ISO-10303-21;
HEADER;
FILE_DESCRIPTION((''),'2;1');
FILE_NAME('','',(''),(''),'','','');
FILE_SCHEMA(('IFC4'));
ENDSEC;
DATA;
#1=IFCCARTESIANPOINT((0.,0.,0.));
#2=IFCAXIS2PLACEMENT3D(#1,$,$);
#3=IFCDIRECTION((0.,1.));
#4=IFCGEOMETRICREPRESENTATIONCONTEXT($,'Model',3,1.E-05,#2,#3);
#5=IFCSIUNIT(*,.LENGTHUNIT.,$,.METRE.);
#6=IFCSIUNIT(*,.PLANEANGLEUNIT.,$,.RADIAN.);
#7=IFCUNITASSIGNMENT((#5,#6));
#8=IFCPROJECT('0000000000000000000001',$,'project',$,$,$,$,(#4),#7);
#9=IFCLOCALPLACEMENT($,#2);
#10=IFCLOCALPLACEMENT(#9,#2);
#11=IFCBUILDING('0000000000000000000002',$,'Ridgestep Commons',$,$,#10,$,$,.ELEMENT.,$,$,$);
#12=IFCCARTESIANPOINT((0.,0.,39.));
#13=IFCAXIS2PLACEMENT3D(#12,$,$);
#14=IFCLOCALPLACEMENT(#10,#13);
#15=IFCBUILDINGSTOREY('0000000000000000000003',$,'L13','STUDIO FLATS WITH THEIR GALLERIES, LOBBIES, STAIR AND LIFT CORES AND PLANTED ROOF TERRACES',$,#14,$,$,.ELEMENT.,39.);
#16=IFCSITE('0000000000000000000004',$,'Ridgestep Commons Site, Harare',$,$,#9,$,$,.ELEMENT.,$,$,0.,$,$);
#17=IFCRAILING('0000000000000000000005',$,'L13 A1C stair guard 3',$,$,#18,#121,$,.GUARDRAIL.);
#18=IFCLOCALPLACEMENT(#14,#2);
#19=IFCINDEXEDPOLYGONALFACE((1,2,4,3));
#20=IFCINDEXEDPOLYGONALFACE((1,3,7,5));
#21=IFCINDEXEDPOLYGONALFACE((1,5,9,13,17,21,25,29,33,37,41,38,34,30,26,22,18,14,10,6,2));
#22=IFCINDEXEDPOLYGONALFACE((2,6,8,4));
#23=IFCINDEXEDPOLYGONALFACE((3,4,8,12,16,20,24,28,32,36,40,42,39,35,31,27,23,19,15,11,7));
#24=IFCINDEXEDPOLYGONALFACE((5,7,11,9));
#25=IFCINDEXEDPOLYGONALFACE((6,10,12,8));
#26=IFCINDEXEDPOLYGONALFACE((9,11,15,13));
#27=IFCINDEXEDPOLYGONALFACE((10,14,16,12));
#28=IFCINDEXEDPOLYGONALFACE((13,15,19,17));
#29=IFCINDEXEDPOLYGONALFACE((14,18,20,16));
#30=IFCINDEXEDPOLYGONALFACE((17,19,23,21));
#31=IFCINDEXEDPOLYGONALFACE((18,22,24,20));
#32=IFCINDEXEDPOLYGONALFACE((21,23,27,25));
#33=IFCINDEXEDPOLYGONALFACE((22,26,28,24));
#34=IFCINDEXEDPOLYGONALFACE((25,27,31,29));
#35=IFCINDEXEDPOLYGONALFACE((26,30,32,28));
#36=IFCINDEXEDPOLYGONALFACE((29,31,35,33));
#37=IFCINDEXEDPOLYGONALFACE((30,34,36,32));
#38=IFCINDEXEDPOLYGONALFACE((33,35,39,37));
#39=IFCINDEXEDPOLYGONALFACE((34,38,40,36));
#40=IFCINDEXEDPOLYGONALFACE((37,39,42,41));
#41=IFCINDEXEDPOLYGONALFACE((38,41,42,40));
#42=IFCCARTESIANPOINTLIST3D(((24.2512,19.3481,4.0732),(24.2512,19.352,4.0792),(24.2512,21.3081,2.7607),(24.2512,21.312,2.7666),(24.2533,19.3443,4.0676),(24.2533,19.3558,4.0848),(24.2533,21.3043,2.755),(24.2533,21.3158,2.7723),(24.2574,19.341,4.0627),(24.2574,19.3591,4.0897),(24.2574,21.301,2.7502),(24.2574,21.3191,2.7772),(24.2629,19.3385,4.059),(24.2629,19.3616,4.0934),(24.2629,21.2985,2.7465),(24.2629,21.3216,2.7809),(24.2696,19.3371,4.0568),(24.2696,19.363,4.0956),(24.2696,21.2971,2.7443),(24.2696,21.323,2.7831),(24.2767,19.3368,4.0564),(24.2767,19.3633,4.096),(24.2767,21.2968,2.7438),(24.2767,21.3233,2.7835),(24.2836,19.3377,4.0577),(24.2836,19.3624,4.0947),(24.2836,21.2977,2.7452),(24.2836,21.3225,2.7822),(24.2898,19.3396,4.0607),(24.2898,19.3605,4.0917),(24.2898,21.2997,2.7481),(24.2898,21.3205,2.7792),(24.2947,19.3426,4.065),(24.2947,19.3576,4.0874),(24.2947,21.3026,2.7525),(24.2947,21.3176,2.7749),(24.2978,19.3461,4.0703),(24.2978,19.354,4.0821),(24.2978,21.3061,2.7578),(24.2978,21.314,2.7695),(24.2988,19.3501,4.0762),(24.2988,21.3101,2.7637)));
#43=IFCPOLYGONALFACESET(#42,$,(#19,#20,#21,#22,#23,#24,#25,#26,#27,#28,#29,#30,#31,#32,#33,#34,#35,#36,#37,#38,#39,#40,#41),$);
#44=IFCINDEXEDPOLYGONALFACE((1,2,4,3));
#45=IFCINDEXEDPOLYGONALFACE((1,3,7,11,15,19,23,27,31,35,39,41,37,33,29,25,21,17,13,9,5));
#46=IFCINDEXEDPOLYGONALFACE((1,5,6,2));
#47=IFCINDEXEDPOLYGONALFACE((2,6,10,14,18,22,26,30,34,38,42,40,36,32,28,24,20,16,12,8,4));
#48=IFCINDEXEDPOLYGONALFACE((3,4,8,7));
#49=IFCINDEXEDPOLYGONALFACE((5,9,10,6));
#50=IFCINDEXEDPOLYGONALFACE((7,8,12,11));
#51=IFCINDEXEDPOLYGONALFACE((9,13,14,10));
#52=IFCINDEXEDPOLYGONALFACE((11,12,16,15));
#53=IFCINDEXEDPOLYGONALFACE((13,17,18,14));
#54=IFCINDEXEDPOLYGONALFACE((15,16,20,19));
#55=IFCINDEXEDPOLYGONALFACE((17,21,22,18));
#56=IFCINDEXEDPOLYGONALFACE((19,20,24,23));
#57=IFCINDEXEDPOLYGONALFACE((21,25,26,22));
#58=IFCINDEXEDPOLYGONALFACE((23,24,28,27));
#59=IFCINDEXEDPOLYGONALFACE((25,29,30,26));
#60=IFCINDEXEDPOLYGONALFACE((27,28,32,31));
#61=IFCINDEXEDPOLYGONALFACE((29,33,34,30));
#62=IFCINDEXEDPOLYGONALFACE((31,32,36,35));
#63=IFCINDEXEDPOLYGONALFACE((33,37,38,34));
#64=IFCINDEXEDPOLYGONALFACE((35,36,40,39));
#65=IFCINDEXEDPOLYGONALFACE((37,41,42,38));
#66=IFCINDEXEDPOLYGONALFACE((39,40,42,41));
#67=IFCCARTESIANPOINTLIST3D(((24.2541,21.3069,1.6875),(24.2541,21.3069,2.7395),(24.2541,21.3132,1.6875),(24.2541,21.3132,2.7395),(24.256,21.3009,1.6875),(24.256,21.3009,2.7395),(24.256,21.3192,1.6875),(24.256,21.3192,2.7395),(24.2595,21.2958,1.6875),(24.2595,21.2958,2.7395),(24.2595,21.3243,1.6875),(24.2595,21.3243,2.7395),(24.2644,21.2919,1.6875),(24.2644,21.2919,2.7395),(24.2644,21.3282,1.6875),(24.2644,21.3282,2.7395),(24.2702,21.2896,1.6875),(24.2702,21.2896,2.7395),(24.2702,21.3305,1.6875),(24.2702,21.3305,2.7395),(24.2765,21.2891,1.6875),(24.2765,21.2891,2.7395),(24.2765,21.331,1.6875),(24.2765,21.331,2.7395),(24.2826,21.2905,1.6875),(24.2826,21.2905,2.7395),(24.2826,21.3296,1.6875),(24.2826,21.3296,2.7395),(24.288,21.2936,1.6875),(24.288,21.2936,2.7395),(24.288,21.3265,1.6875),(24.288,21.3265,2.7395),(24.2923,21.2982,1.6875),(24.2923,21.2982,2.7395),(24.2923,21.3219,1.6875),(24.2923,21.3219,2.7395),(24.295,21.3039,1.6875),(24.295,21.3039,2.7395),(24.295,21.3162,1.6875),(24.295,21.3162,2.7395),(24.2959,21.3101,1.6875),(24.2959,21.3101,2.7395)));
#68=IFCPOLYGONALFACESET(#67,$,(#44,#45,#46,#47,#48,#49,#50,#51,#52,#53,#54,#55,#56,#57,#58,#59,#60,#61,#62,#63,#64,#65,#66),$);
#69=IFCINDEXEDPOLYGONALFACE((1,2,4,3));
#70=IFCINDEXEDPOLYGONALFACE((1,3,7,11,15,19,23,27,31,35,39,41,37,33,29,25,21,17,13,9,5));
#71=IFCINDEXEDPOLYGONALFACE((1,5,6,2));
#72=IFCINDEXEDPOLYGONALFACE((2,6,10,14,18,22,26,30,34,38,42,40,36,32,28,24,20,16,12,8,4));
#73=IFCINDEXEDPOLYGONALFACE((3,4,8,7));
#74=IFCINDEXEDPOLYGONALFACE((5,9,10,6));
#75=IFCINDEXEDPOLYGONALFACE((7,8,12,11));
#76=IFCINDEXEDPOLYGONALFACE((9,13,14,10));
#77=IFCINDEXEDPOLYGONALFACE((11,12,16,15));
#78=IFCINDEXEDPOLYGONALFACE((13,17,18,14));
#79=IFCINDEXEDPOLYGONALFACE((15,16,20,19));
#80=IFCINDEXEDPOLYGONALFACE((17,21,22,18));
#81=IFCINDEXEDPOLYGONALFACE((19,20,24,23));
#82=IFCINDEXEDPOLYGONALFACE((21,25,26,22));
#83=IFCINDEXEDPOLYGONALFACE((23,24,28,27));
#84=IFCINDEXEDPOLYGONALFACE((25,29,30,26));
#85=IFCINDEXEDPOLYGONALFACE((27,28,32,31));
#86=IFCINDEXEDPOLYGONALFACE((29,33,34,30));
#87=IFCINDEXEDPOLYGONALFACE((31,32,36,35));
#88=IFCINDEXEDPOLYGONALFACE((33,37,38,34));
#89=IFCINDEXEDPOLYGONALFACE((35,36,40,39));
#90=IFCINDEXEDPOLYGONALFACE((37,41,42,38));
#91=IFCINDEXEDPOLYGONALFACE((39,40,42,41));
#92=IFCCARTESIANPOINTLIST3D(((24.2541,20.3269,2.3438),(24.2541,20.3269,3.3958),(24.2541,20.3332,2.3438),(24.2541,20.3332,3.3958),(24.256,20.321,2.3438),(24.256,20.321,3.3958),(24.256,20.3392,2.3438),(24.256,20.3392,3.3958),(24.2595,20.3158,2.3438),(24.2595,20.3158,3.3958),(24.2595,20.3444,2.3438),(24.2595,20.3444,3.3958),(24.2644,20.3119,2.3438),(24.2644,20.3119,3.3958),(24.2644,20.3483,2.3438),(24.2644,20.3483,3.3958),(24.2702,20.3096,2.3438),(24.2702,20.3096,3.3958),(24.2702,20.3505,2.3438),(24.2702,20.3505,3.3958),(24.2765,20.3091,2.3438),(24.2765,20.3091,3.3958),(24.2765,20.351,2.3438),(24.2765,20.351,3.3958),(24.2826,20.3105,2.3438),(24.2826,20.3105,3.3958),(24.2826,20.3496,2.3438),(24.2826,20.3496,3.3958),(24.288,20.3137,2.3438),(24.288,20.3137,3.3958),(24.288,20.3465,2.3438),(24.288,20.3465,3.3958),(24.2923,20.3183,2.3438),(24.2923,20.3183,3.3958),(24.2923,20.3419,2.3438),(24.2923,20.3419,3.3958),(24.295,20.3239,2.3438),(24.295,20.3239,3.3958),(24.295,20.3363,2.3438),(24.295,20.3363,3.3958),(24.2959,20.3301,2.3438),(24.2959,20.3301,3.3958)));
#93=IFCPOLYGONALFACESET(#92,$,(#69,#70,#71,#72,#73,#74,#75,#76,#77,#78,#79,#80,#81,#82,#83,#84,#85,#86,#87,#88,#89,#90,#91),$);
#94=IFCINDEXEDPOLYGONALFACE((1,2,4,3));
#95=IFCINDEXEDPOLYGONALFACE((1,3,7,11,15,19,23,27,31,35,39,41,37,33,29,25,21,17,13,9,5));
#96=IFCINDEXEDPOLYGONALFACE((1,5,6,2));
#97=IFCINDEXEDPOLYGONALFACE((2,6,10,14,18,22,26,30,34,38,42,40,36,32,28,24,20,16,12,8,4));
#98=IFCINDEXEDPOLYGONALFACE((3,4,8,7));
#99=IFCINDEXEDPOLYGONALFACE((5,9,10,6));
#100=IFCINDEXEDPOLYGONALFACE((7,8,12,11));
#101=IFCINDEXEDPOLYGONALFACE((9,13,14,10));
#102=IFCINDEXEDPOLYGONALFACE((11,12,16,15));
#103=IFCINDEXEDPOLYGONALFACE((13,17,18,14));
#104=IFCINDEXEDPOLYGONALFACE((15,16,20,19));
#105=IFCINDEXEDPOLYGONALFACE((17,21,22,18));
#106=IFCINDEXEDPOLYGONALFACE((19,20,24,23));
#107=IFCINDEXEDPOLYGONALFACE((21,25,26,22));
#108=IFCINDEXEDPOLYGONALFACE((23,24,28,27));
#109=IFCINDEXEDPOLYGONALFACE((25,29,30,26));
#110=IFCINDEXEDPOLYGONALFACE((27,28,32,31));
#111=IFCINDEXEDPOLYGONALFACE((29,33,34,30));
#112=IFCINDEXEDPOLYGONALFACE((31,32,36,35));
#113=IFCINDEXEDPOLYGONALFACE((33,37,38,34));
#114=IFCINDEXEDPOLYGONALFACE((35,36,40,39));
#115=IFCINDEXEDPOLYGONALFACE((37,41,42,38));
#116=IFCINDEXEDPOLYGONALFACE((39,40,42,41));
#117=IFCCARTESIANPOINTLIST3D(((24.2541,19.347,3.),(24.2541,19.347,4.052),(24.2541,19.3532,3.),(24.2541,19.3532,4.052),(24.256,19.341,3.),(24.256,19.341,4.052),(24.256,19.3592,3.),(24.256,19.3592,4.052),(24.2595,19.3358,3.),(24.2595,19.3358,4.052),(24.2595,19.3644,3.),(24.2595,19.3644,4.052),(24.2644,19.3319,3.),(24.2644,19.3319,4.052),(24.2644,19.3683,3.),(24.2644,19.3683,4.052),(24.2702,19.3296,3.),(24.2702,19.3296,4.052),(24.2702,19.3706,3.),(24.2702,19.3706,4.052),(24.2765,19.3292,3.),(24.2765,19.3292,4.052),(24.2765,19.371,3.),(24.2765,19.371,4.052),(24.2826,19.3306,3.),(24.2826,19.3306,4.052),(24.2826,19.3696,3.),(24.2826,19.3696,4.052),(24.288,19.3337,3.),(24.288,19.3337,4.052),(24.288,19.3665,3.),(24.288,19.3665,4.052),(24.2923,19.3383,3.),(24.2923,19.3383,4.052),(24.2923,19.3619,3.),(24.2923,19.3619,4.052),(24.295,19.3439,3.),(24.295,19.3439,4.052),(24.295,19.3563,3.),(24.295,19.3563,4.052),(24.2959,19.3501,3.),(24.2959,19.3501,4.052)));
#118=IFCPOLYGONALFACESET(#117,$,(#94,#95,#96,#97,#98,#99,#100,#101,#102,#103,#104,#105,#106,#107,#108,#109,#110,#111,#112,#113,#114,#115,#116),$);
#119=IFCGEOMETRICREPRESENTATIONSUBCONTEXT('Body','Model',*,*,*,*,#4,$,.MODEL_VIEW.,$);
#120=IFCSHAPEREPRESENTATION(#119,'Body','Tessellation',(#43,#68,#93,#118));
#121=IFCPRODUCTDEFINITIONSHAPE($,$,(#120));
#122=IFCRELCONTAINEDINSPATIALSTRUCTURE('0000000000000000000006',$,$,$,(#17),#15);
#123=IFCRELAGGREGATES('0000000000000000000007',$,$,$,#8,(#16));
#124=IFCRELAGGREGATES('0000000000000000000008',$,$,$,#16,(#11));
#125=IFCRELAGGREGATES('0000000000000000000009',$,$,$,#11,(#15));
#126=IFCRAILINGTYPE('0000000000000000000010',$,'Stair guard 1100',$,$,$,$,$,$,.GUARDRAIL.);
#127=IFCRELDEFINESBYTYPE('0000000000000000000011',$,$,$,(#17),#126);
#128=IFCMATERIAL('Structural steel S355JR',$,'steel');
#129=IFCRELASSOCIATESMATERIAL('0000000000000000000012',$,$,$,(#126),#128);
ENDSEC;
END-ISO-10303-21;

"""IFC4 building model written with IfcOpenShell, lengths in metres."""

from ifc_helpers import new_model, si_unit, direction, frame, origin, origin_2d, place, context, subcontext, project, spatial, circle, extrude, material, type_object, element, save


model = new_model("IFC4")

# Units and contexts
model_context = context("Model", 3, precision=1e-05, world=origin(), true_north=direction((0.0, 1.0)))
body_context = subcontext(model_context, "Body", "Model", "MODEL_VIEW")
ifc_project = project(units=[si_unit("LENGTHUNIT", "METRE"), si_unit("PLANEANGLEUNIT", "RADIAN")], contexts=[model_context])

# Site, building, storey
site_placement = place(None, origin())
site = spatial("IfcSite", under=ifc_project, at=site_placement, Name="Ridgestep Commons Site, Harare", CompositionType="ELEMENT", RefElevation=0.0)
building_placement = place(site_placement, origin())
building = spatial("IfcBuilding", under=site, at=building_placement, Name="Ridgestep Commons", CompositionType="ELEMENT")
storey_placement = place(building_placement, frame((0.0, 0.0, 39.0)))
storey = spatial("IfcBuildingStorey", under=building, at=storey_placement, Name="L13", Description="STUDIO FLATS WITH THEIR GALLERIES, LOBBIES, STAIR AND LIFT CORES AND PLANTED ROOF TERRACES", CompositionType="ELEMENT", Elevation=39.0)

# Railing
ifc_material_1 = material(Name="Structural steel S355JR", Category="steel")
railing_type_1 = type_object("IfcRailingType", Name="Stair guard 1100", PredefinedType="GUARDRAIL", material=ifc_material_1)
railing_1_placement = place(storey_placement, frame((24.2749, 21.3101, 1.6875)))
element("IfcRailing", 1, at=railing_1_placement, inside=storey, type_object=railing_type_1, Name="L13 A1C stair guard 3", PredefinedType="GUARDRAIL", context=body_context, shape_type="SweptSolid", body=[
    extrude(circle(Radius=0.0239, at=origin_2d()), frame((0.0, 0.0, 1.0762), z_axis=(0.0, -0.830902, 0.556419), x_axis=(1.0, 0.0, 0.0)), (0.0, 0.0, 1.0), 2.3589),
    extrude(circle(Radius=0.021, at=origin_2d()), origin(), (0.0, 0.0, 1.0), 1.052),
    extrude(circle(Radius=0.021, at=origin_2d()), frame((0.0, -0.98, 0.6562)), (0.0, 0.0, 1.0), 1.052),
    extrude(circle(Radius=0.021, at=origin_2d()), frame((0.0, -1.96, 1.3125)), (0.0, 0.0, 1.0), 1.052),
])

save(model, "model.ifc")
